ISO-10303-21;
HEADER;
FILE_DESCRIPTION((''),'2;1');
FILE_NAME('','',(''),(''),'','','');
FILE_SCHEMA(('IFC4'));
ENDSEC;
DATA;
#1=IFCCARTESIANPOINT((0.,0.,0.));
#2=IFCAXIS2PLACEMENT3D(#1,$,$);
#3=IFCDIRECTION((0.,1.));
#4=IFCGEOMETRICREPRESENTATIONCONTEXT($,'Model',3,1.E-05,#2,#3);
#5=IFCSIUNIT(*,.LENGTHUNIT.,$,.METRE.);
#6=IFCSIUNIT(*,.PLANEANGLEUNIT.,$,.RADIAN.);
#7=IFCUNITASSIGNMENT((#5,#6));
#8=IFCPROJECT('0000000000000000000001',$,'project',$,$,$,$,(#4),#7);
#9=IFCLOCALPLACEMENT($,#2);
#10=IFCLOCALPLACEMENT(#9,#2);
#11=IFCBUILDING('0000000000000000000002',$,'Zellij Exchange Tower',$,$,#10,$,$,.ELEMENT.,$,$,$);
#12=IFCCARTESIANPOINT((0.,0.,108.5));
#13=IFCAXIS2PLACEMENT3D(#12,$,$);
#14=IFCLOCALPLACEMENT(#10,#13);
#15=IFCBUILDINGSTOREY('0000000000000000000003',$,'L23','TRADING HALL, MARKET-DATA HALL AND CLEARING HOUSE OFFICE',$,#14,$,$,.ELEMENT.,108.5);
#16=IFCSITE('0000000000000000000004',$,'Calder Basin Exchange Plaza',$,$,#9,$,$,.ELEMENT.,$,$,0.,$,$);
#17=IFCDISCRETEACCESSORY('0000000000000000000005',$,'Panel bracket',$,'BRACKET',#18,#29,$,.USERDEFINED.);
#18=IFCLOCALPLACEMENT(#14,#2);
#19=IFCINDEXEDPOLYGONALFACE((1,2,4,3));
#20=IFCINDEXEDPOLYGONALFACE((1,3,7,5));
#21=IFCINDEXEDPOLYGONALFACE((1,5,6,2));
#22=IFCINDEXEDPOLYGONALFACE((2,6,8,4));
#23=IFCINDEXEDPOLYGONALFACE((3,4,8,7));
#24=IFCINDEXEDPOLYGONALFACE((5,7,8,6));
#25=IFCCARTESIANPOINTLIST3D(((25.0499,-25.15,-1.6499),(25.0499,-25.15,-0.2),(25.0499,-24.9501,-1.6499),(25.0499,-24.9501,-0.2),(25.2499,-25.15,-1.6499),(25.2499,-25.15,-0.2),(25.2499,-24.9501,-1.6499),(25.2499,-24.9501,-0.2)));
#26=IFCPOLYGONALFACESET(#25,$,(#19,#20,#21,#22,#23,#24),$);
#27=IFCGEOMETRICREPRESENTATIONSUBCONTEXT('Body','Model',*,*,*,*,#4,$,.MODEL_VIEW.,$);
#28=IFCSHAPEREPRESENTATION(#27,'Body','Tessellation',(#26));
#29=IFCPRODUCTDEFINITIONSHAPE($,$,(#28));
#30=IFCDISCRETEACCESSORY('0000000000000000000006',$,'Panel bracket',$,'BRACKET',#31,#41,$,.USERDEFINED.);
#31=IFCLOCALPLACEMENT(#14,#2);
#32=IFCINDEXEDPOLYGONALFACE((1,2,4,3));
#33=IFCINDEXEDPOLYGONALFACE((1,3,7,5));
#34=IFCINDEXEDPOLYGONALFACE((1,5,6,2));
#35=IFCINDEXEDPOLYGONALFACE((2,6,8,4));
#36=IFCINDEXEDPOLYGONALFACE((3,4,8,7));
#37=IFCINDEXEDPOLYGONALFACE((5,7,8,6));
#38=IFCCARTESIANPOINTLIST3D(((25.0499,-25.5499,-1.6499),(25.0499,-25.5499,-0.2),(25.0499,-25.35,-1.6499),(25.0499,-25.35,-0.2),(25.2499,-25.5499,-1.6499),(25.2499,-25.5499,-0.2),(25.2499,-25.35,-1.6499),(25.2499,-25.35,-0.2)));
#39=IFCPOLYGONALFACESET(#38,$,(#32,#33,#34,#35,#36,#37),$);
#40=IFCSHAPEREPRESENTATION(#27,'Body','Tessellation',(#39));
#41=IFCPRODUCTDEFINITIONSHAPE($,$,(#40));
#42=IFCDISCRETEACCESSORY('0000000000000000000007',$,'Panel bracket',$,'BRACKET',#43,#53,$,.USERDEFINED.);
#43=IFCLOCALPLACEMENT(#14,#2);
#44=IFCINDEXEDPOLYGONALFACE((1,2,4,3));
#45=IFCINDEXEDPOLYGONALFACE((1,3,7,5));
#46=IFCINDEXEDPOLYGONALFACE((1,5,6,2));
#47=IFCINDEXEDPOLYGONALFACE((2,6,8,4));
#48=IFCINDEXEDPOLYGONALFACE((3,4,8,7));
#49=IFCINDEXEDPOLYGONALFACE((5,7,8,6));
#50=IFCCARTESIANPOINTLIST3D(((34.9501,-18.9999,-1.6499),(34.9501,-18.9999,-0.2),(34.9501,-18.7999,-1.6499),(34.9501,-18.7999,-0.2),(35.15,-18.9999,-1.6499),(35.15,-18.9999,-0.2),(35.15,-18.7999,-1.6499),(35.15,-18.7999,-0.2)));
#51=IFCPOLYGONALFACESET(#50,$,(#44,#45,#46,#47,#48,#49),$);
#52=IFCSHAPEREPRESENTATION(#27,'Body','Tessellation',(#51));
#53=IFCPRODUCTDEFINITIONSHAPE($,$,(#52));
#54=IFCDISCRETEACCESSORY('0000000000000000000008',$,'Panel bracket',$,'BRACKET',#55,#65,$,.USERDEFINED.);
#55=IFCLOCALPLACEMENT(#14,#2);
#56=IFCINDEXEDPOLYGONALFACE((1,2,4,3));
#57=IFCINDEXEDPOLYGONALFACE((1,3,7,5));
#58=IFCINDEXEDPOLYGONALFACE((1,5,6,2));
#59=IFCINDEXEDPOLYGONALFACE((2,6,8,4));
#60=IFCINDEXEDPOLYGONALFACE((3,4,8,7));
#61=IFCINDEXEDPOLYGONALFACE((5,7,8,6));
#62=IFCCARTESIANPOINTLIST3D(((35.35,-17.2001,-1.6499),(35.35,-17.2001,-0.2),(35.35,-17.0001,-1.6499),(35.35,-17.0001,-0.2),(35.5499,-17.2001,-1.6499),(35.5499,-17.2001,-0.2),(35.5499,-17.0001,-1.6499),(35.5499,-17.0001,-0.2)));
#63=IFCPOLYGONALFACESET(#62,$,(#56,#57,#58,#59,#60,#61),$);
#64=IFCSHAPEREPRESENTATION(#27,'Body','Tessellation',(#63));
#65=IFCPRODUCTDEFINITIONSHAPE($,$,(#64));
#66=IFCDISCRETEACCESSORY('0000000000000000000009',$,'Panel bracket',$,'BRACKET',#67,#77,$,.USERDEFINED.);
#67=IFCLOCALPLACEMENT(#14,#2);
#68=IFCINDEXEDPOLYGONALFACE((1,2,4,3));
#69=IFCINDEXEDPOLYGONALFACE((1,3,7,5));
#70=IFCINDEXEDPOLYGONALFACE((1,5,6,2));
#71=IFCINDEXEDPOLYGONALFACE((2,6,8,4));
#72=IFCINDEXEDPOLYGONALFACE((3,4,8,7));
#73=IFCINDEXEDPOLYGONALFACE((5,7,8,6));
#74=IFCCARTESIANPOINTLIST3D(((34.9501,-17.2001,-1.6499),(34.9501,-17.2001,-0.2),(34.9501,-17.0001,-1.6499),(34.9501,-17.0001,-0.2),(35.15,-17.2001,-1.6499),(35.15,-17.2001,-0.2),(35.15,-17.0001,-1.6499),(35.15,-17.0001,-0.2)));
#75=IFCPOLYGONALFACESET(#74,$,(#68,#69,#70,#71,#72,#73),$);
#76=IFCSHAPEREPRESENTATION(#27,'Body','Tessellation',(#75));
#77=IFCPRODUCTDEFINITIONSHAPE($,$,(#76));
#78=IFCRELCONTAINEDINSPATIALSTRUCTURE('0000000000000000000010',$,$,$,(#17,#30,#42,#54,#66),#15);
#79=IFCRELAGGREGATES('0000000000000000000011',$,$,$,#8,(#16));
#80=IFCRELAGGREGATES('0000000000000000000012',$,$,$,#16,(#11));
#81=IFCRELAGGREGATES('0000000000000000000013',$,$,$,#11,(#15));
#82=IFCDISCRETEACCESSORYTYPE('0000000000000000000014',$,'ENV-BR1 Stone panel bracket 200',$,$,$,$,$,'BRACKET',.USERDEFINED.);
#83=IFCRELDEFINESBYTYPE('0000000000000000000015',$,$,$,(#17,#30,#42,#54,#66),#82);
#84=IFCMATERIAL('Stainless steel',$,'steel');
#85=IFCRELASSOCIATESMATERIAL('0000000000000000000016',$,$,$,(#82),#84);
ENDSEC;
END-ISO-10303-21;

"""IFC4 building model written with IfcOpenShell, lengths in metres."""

from ifc_helpers import new_model, si_unit, direction, frame, origin, origin_2d, place, context, subcontext, project, spatial, rectangle, extrude, material, type_object, element, save


model = new_model("IFC4")

# Units and contexts
model_context = context("Model", 3, precision=1e-05, world=origin(), true_north=direction((0.0, 1.0)))
body_context = subcontext(model_context, "Body", "Model", "MODEL_VIEW")
ifc_project = project(units=[si_unit("LENGTHUNIT", "METRE"), si_unit("PLANEANGLEUNIT", "RADIAN")], contexts=[model_context])

# Site, building, storey
site_placement = place(None, origin())
site = spatial("IfcSite", under=ifc_project, at=site_placement, Name="Calder Basin Exchange Plaza", CompositionType="ELEMENT", RefElevation=0.0)
building_placement = place(site_placement, origin())
building = spatial("IfcBuilding", under=site, at=building_placement, Name="Zellij Exchange Tower", CompositionType="ELEMENT")
storey_placement = place(building_placement, frame((0.0, 0.0, 108.5)))
storey = spatial("IfcBuildingStorey", under=building, at=storey_placement, Name="L23", Description="TRADING HALL, MARKET-DATA HALL AND CLEARING HOUSE OFFICE", CompositionType="ELEMENT", Elevation=108.5)

# Discrete accessories
ifc_material_1 = material(Name="Stainless steel", Category="steel")
discrete_accessory_type = type_object("IfcDiscreteAccessoryType", Name="ENV-BR1 Stone panel bracket 200", ElementType="BRACKET", PredefinedType="USERDEFINED", material=ifc_material_1)
for number, where, z_axis, x_axis, name in (
    (1, (25.1499, -25.05, -1.6499), (0.0, 0.0, 1.0), (1.0, 0.0, 0.0), "Panel bracket"),
    (2, (25.1499, -25.45, -1.6499), (0.0, 0.0, 1.0), (1.0, 0.0, 0.0), "Panel bracket"),
    (3, (35.05, -18.8999, -1.6499), (0.0, 0.0, 1.0), (1.0, 0.0, 0.0), "Panel bracket"),
    (4, (35.45, -17.1001, -1.6499), (0.0, 0.0, 1.0), (1.0, 0.0, 0.0), "Panel bracket"),
    (5, (35.05, -17.1001, -1.6499), (0.0, 0.0, 1.0), (1.0, 0.0, 0.0), "Panel bracket"),
):
    element("IfcDiscreteAccessory", number, at=place(storey_placement, frame(where, z_axis=z_axis, x_axis=x_axis)), inside=storey, type_object=discrete_accessory_type, Name=name, ObjectType="BRACKET", PredefinedType="USERDEFINED", context=body_context, shape_type="SweptSolid", body=[
        extrude(rectangle(XDim=0.2, YDim=0.2, at=origin_2d()), origin(), (0.0, 0.0, 1.0), 1.45),
    ])

save(model, "model.ifc")
